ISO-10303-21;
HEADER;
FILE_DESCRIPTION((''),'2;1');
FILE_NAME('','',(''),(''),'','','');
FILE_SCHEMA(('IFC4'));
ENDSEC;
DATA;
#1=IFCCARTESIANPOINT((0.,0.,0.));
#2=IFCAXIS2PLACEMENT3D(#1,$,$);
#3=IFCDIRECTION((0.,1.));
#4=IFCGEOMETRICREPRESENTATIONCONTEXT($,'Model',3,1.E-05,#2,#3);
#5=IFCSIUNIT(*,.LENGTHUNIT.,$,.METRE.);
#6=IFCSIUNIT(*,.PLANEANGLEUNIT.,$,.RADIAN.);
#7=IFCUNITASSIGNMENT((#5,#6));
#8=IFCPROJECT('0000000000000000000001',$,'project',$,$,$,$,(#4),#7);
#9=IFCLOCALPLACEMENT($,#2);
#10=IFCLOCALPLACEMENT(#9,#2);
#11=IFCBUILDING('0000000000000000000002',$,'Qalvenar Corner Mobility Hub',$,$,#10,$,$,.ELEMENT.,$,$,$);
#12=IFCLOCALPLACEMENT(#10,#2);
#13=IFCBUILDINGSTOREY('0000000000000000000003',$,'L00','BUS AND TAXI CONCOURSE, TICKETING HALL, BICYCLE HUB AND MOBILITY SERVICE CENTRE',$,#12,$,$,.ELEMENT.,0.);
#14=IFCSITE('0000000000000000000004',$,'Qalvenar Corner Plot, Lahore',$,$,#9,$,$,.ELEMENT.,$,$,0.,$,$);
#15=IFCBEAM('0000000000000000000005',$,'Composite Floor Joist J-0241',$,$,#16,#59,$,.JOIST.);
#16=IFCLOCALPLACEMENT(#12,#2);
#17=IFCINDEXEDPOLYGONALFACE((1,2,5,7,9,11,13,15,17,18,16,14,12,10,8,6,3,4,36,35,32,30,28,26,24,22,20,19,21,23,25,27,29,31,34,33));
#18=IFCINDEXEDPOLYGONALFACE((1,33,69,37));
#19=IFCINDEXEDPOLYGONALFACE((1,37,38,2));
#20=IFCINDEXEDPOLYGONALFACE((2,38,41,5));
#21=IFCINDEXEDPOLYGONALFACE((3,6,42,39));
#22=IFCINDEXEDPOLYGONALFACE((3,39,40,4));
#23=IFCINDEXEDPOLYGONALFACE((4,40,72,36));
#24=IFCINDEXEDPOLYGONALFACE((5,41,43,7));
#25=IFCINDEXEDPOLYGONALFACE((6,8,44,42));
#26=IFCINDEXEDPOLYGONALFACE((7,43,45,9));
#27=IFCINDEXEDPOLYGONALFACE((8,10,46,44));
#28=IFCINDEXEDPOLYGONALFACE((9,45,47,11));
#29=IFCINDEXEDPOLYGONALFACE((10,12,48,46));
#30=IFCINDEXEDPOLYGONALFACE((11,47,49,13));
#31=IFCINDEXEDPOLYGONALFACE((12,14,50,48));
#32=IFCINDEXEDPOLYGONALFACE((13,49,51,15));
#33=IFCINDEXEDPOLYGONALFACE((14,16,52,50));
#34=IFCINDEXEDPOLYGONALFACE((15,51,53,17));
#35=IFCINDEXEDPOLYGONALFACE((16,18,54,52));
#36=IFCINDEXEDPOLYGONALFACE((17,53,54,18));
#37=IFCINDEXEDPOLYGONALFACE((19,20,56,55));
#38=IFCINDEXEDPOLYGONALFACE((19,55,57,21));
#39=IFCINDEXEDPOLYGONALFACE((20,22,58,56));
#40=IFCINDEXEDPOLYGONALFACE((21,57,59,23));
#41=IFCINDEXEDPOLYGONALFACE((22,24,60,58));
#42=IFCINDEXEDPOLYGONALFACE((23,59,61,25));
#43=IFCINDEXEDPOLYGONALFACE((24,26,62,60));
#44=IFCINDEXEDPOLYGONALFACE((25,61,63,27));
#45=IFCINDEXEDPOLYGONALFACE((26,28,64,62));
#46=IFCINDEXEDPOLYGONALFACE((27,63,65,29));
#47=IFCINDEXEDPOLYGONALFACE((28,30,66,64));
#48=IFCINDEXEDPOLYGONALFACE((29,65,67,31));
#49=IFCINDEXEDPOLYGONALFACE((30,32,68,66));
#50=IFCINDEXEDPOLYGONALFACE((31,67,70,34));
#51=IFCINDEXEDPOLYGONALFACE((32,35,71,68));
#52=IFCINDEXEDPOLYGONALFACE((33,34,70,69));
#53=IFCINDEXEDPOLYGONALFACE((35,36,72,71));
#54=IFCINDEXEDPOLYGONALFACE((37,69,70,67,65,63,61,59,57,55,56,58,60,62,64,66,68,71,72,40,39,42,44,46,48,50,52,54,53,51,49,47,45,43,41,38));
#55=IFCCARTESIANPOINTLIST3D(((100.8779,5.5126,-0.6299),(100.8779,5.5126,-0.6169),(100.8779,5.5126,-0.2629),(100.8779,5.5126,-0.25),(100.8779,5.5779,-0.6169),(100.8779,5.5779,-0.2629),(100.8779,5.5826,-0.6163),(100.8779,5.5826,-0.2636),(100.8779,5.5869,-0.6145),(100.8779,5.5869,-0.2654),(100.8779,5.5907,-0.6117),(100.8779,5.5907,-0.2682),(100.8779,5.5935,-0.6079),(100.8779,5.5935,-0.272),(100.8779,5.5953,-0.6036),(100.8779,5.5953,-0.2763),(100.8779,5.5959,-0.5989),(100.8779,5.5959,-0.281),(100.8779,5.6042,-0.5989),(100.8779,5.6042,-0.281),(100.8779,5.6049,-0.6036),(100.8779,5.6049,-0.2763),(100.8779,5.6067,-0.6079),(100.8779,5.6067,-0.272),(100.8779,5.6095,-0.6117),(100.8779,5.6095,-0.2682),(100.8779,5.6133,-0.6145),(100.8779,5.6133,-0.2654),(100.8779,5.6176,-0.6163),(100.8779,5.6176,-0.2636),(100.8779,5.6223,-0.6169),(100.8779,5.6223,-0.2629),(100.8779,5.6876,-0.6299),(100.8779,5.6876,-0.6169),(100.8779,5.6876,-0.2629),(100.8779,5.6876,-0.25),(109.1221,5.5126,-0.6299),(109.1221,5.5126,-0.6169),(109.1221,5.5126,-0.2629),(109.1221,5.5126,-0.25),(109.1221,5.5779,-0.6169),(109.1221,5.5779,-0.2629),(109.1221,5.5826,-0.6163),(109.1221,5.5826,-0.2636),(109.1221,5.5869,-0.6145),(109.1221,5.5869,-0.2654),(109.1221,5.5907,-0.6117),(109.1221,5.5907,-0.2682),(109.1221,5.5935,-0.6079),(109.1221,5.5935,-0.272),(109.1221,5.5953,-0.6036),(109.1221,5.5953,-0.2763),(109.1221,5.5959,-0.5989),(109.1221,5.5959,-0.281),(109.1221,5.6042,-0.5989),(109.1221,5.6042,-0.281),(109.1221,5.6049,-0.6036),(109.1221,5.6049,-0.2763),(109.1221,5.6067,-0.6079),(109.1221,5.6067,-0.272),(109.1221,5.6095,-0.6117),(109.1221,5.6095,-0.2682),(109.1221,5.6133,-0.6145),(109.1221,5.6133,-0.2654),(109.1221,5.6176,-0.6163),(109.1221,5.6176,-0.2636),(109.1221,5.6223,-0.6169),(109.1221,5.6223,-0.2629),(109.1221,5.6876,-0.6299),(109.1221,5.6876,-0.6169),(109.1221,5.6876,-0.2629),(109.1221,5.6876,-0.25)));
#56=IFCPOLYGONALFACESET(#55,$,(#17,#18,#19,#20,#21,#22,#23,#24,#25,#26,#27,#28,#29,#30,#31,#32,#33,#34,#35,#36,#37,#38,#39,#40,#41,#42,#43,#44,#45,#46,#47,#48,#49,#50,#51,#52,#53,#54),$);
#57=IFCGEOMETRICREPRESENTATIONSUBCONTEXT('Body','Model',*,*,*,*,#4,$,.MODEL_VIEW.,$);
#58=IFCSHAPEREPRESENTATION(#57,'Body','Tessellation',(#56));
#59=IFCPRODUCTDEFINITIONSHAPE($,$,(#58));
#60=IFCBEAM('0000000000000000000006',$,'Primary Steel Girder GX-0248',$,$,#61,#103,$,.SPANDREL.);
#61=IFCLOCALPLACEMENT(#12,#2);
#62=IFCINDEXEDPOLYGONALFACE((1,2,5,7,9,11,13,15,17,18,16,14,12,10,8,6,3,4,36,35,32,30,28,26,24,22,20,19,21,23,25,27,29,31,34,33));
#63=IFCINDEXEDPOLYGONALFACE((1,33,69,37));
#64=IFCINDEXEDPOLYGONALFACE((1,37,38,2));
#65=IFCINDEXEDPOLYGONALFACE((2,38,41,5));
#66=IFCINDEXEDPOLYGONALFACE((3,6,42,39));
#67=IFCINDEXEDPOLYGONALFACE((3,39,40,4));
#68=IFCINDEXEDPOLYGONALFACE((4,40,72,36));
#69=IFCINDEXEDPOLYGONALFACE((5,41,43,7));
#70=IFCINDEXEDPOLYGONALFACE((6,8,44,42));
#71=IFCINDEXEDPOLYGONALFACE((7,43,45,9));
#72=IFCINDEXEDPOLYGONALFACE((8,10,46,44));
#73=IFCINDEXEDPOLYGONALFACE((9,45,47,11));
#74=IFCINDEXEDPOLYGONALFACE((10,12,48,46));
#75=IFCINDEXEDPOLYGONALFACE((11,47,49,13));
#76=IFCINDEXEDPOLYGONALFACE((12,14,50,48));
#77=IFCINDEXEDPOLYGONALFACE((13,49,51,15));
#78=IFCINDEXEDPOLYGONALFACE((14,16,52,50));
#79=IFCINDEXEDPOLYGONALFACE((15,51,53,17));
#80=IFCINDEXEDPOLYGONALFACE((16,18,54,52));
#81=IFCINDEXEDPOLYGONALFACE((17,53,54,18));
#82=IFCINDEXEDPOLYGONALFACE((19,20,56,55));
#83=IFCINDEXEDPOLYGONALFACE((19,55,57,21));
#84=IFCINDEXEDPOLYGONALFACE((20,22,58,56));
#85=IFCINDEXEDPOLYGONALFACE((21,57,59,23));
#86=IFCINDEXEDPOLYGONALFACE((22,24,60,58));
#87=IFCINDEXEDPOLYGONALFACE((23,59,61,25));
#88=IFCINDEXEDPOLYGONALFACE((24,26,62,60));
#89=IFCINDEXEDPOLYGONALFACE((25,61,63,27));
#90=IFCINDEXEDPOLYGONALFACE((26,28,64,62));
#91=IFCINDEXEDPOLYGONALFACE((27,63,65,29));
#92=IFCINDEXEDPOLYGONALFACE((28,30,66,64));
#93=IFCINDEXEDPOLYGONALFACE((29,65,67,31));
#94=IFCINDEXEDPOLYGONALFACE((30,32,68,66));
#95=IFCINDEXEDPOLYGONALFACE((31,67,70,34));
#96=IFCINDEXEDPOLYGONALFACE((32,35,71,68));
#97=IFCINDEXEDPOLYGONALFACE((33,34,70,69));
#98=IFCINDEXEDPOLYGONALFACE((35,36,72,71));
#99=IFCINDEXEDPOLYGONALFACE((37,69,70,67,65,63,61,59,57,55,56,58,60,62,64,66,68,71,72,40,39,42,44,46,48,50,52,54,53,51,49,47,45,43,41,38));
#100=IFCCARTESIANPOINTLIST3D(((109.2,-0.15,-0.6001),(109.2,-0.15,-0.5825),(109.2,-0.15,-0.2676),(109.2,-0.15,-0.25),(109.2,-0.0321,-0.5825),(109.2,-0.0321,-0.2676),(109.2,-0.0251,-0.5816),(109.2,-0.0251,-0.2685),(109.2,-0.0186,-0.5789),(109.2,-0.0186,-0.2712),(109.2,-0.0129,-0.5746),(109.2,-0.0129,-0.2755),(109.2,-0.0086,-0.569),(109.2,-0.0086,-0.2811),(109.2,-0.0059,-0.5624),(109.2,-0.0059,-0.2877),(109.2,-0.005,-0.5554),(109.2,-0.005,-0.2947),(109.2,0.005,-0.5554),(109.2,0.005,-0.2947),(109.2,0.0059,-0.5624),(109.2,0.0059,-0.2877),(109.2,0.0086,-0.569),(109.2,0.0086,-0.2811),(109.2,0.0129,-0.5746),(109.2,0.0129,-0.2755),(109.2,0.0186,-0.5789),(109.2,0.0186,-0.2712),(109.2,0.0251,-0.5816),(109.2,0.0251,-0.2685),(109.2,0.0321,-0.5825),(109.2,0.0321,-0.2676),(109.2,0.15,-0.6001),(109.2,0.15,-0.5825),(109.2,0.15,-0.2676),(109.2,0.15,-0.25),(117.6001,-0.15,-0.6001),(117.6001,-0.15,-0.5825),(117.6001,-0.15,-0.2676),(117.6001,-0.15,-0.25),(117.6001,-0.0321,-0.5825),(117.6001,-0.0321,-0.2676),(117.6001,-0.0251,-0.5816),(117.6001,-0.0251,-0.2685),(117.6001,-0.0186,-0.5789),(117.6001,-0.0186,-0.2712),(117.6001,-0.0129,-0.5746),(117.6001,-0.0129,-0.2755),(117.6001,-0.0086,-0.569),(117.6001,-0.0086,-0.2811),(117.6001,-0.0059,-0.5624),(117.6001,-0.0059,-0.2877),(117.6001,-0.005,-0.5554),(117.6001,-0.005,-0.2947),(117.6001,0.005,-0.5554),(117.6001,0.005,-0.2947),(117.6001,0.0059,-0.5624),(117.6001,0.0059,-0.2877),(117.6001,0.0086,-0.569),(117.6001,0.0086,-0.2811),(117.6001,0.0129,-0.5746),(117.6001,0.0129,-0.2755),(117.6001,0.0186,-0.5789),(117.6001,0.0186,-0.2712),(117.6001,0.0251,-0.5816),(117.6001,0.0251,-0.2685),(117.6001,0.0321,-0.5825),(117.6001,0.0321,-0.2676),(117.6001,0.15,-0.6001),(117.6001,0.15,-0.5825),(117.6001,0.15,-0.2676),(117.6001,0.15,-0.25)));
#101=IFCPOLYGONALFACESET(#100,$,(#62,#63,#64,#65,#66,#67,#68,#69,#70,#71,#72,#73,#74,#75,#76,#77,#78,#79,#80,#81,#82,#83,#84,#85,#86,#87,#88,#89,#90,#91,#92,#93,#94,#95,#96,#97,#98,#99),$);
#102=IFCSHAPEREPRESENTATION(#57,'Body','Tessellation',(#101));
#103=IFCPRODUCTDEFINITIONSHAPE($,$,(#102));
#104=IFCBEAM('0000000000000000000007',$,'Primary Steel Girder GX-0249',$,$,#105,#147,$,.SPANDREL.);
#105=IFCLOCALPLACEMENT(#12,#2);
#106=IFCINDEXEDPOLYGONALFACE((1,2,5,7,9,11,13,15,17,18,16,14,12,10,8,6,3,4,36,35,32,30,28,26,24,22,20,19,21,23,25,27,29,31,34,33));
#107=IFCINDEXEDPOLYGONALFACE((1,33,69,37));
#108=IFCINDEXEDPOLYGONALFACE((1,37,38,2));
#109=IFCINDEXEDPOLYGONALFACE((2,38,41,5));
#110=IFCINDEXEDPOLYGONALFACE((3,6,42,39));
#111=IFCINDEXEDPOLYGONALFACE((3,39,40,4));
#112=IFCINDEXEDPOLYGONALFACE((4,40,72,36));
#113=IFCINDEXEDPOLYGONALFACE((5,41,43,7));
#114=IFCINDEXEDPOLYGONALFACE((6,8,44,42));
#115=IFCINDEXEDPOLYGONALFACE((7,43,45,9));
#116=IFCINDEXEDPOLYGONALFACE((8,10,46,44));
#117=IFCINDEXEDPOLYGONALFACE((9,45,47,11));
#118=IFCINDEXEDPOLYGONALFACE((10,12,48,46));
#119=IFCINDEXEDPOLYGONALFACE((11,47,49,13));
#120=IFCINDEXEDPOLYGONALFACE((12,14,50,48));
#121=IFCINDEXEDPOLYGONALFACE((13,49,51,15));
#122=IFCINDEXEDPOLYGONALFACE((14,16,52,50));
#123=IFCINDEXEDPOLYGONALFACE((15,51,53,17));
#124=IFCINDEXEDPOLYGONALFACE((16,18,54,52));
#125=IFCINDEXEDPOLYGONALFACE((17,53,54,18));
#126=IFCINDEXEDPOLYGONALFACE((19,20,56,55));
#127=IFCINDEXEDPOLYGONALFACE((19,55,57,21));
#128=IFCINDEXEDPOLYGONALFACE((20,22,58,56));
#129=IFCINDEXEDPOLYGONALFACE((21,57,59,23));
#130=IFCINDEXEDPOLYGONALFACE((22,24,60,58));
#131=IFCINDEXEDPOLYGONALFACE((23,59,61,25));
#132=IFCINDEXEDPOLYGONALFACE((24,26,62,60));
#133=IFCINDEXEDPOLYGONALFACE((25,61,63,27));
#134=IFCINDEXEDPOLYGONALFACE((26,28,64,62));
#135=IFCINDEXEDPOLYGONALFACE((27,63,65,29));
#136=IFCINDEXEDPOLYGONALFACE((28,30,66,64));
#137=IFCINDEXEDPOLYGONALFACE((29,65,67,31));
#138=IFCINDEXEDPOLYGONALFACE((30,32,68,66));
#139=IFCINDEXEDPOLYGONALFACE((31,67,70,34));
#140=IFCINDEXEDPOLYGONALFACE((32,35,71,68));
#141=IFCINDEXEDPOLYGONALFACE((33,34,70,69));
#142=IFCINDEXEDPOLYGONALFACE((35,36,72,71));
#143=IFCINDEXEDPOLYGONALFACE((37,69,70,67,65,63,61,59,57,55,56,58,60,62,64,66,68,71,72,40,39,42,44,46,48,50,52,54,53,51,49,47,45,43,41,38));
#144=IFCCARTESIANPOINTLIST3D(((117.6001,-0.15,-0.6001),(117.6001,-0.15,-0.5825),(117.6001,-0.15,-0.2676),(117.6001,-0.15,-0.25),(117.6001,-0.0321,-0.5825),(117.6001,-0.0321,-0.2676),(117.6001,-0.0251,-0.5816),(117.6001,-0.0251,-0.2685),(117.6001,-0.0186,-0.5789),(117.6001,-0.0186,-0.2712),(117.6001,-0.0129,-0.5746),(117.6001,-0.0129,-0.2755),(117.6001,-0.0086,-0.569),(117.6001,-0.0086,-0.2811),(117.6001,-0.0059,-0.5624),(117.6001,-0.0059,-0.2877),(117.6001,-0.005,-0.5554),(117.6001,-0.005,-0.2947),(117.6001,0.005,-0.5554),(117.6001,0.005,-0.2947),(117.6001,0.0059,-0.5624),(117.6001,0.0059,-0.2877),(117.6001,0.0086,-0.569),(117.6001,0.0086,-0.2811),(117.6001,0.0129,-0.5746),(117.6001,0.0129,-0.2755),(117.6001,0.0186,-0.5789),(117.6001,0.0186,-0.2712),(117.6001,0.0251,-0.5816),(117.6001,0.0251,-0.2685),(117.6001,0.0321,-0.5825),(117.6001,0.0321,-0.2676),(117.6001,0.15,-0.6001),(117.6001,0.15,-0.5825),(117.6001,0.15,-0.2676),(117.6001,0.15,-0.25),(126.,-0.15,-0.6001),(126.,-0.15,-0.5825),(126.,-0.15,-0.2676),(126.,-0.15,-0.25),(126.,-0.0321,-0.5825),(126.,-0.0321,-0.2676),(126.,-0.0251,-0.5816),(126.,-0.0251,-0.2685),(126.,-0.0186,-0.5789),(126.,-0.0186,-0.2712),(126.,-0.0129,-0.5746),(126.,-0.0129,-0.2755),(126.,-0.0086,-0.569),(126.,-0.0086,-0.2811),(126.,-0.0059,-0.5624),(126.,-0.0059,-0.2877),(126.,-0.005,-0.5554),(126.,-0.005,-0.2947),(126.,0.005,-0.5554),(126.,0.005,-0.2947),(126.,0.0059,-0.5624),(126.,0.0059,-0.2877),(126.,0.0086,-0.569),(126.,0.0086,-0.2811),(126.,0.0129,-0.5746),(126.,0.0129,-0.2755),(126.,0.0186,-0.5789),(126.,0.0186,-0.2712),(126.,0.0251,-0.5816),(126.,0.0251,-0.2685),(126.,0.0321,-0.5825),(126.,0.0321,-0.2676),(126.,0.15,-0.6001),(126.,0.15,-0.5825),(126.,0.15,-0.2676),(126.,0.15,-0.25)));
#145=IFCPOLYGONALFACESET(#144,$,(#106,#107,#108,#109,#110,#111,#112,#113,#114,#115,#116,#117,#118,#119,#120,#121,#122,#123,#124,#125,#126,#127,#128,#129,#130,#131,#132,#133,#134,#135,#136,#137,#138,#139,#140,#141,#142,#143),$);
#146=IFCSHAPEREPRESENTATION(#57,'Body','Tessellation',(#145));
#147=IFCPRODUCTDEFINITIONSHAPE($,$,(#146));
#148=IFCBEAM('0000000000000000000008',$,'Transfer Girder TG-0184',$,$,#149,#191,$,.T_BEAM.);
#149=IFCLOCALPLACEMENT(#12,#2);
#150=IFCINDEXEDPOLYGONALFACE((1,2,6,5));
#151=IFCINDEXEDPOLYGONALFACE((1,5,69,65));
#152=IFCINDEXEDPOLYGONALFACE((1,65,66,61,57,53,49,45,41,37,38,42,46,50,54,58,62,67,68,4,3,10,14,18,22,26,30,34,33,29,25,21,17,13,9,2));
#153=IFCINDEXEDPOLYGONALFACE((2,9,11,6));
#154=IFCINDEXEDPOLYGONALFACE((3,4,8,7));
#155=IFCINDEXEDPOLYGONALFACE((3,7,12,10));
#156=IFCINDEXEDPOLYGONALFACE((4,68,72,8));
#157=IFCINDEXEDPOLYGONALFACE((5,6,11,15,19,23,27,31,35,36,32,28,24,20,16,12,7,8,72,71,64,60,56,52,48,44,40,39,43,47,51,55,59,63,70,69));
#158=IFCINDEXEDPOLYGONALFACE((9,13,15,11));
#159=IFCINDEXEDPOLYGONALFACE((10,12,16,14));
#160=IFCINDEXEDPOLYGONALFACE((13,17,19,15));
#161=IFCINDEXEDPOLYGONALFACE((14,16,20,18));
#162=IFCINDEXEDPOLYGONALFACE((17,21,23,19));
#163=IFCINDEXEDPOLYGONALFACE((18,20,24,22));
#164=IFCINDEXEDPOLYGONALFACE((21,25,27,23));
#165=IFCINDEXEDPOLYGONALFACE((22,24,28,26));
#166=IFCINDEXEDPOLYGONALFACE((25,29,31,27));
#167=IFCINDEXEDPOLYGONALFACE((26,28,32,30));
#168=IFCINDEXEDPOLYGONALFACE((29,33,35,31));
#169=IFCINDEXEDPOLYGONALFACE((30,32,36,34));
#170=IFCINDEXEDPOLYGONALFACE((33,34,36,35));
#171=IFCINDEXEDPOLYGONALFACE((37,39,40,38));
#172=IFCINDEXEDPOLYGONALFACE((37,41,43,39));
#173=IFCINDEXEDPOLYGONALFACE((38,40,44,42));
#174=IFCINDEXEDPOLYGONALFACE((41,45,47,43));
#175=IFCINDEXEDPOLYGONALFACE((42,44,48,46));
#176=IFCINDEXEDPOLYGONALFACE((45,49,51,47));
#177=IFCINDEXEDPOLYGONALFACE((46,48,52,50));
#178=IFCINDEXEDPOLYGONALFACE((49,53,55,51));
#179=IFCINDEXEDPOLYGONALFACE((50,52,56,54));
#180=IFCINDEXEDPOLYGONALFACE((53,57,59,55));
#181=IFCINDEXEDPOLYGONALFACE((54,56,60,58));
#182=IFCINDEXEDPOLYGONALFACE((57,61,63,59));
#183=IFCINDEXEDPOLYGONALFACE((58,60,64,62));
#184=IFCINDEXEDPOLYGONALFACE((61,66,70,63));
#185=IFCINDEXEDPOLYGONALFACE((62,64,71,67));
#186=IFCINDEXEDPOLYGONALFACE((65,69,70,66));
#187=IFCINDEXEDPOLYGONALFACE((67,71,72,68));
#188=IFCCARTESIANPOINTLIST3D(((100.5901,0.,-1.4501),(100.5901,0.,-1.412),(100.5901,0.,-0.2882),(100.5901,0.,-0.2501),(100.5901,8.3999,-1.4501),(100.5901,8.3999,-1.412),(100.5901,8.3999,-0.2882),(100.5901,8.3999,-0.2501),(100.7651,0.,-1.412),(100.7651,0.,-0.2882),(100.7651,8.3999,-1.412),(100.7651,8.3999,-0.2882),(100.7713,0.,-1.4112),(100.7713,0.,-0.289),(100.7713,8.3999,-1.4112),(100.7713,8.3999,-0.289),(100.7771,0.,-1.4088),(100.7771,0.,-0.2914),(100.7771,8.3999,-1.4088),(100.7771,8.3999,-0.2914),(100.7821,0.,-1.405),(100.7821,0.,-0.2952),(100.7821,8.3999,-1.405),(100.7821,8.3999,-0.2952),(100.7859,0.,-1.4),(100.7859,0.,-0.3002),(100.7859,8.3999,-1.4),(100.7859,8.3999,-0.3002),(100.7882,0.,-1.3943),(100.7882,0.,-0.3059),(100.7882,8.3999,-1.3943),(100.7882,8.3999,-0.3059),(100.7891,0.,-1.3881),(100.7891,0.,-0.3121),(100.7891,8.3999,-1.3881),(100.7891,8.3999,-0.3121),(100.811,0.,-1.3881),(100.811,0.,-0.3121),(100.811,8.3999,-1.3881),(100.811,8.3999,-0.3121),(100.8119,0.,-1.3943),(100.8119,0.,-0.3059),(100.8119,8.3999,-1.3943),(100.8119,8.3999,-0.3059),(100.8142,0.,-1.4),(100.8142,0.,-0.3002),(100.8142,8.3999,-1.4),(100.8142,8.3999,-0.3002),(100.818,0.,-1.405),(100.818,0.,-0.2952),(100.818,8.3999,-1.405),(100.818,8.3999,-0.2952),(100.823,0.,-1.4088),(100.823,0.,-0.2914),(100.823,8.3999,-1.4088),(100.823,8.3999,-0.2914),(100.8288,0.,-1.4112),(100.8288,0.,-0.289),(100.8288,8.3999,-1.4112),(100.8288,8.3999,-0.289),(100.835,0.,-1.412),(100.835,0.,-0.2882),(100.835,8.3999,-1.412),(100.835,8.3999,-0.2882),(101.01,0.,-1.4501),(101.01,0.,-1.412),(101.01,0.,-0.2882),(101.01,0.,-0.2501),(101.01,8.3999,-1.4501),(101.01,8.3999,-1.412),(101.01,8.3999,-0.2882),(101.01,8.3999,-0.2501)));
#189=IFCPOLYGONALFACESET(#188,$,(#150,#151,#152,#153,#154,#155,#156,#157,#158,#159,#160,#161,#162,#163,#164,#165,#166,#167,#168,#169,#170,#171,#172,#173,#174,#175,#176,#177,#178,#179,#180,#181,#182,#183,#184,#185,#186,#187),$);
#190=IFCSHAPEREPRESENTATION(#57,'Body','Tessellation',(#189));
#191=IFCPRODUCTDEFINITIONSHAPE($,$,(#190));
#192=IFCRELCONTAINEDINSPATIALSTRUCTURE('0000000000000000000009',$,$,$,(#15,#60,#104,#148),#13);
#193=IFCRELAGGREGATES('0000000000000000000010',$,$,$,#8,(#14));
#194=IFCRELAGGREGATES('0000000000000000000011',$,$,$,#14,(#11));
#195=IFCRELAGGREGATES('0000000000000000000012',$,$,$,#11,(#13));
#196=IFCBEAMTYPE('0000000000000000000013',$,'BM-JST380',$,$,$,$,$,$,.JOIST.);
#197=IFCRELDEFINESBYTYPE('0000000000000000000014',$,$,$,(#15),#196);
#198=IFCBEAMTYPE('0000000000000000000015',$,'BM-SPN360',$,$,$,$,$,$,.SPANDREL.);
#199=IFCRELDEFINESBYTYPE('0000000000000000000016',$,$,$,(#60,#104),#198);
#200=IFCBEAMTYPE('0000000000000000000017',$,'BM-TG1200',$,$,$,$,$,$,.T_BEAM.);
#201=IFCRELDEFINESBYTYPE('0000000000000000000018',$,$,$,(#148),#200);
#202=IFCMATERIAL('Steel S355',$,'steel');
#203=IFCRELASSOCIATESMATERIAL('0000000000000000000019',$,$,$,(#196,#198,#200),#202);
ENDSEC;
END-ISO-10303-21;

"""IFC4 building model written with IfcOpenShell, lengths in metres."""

from ifc_helpers import new_model, si_unit, direction, frame, origin, origin_2d, place, context, subcontext, project, spatial, i_section, extrude, material, material_profile, profile_set, type_object, element, save


model = new_model("IFC4")

# Units and contexts
model_context = context("Model", 3, precision=1e-05, world=origin(), true_north=direction((0.0, 1.0)))
body_context = subcontext(model_context, "Body", "Model", "MODEL_VIEW")
ifc_project = project(units=[si_unit("LENGTHUNIT", "METRE"), si_unit("PLANEANGLEUNIT", "RADIAN")], contexts=[model_context])

# Site, building, storey
site_placement = place(None, origin())
site = spatial("IfcSite", under=ifc_project, at=site_placement, Name="Qalvenar Corner Plot, Lahore", CompositionType="ELEMENT", RefElevation=0.0)
building_placement = place(site_placement, origin())
building = spatial("IfcBuilding", under=site, at=building_placement, Name="Qalvenar Corner Mobility Hub", CompositionType="ELEMENT")
storey_placement = place(building_placement, origin())
storey = spatial("IfcBuildingStorey", under=building, at=storey_placement, Name="L00", Description="BUS AND TAXI CONCOURSE, TICKETING HALL, BICYCLE HUB AND MOBILITY SERVICE CENTRE", CompositionType="ELEMENT", Elevation=0.0)

# Shared definitions
ifc_material_1 = material(Name="Steel S355", Category="steel")

# Beams
ifc_material_profile_1 = material_profile(ifc_material_1, i_section(OverallWidth=0.175, OverallDepth=0.3799, WebThickness=0.0083, FlangeThickness=0.0129, FilletRadius=0.0181, at=origin_2d()), Name="IPE380-EQ")
ifc_profile_set_1 = profile_set([ifc_material_profile_1], Name="Steel S355")
beam_type_1 = type_object("IfcBeamType", Name="BM-JST380", PredefinedType="JOIST", material=ifc_profile_set_1)
for number, where, z_axis, x_axis, name in (
    (1, (100.8779, 5.6001, -0.4399), (1.0, 0.0, 0.0), (0.0, 1.0, 0.0), "Composite Floor Joist J-0241"),
):
    element("IfcBeam", number, at=place(storey_placement, frame(where, z_axis=z_axis, x_axis=x_axis)), inside=storey, type_object=beam_type_1, Name=name, PredefinedType="JOIST", context=body_context, shape_type="SweptSolid", body=[
        extrude(i_section(OverallWidth=0.175, OverallDepth=0.3799, WebThickness=0.0083, FlangeThickness=0.0129, FilletRadius=0.0181, at=origin_2d()), origin(), (0.0, 0.0, 1.0), 8.2441),
    ])
ifc_material_profile_2 = material_profile(ifc_material_1, i_section(OverallWidth=0.3, OverallDepth=0.3501, WebThickness=0.01, FlangeThickness=0.0176, FilletRadius=0.0271, at=origin_2d()), Name="HEA360")
ifc_profile_set_2 = profile_set([ifc_material_profile_2], Name="Steel S355")
beam_type_2 = type_object("IfcBeamType", Name="BM-SPN360", PredefinedType="SPANDREL", material=ifc_profile_set_2)
beam_1_placement = place(storey_placement, frame((109.2, 0.0, -0.425), z_axis=(1.0, 0.0, 0.0), x_axis=(0.0, 1.0, 0.0)))
element("IfcBeam", 2, at=beam_1_placement, inside=storey, type_object=beam_type_2, Name="Primary Steel Girder GX-0248", PredefinedType="SPANDREL", context=body_context, shape_type="SweptSolid", body=[
    extrude(i_section(OverallWidth=0.3, OverallDepth=0.3501, WebThickness=0.01, FlangeThickness=0.0176, FilletRadius=0.0271, at=origin_2d()), origin(), (0.0, 0.0, 1.0), 8.4001),
])
beam_2_placement = place(storey_placement, frame((117.6001, 0.0, -0.425), z_axis=(1.0, 0.0, 0.0), x_axis=(0.0, 1.0, 0.0)))
element("IfcBeam", 3, at=beam_2_placement, inside=storey, type_object=beam_type_2, Name="Primary Steel Girder GX-0249", PredefinedType="SPANDREL", context=body_context, shape_type="SweptSolid", body=[
    extrude(i_section(OverallWidth=0.3, OverallDepth=0.3501, WebThickness=0.01, FlangeThickness=0.0176, FilletRadius=0.0271, at=origin_2d()), origin(), (0.0, 0.0, 1.0), 8.3999),
])
ifc_material_profile_3 = material_profile(ifc_material_1, i_section(OverallWidth=0.4199, OverallDepth=1.2, WebThickness=0.022, FlangeThickness=0.0381, FilletRadius=0.0239, at=origin_2d()), Name="W1100x390-TG1200")
ifc_profile_set_3 = profile_set([ifc_material_profile_3], Name="Steel S355")
beam_type_3 = type_object("IfcBeamType", Name="BM-TG1200", PredefinedType="T_BEAM", material=ifc_profile_set_3)
beam_3_placement = place(storey_placement, frame((100.8, 0.0, -0.8501), z_axis=(0.0, 1.0, 0.0), x_axis=(-1.0, 0.0, 0.0)))
element("IfcBeam", 4, at=beam_3_placement, inside=storey, type_object=beam_type_3, Name="Transfer Girder TG-0184", PredefinedType="T_BEAM", context=body_context, shape_type="SweptSolid", body=[
    extrude(i_section(OverallWidth=0.4199, OverallDepth=1.2, WebThickness=0.022, FlangeThickness=0.0381, FilletRadius=0.0239, at=origin_2d()), origin(), (0.0, 0.0, 1.0), 8.3999),
])

save(model, "model.ifc")
